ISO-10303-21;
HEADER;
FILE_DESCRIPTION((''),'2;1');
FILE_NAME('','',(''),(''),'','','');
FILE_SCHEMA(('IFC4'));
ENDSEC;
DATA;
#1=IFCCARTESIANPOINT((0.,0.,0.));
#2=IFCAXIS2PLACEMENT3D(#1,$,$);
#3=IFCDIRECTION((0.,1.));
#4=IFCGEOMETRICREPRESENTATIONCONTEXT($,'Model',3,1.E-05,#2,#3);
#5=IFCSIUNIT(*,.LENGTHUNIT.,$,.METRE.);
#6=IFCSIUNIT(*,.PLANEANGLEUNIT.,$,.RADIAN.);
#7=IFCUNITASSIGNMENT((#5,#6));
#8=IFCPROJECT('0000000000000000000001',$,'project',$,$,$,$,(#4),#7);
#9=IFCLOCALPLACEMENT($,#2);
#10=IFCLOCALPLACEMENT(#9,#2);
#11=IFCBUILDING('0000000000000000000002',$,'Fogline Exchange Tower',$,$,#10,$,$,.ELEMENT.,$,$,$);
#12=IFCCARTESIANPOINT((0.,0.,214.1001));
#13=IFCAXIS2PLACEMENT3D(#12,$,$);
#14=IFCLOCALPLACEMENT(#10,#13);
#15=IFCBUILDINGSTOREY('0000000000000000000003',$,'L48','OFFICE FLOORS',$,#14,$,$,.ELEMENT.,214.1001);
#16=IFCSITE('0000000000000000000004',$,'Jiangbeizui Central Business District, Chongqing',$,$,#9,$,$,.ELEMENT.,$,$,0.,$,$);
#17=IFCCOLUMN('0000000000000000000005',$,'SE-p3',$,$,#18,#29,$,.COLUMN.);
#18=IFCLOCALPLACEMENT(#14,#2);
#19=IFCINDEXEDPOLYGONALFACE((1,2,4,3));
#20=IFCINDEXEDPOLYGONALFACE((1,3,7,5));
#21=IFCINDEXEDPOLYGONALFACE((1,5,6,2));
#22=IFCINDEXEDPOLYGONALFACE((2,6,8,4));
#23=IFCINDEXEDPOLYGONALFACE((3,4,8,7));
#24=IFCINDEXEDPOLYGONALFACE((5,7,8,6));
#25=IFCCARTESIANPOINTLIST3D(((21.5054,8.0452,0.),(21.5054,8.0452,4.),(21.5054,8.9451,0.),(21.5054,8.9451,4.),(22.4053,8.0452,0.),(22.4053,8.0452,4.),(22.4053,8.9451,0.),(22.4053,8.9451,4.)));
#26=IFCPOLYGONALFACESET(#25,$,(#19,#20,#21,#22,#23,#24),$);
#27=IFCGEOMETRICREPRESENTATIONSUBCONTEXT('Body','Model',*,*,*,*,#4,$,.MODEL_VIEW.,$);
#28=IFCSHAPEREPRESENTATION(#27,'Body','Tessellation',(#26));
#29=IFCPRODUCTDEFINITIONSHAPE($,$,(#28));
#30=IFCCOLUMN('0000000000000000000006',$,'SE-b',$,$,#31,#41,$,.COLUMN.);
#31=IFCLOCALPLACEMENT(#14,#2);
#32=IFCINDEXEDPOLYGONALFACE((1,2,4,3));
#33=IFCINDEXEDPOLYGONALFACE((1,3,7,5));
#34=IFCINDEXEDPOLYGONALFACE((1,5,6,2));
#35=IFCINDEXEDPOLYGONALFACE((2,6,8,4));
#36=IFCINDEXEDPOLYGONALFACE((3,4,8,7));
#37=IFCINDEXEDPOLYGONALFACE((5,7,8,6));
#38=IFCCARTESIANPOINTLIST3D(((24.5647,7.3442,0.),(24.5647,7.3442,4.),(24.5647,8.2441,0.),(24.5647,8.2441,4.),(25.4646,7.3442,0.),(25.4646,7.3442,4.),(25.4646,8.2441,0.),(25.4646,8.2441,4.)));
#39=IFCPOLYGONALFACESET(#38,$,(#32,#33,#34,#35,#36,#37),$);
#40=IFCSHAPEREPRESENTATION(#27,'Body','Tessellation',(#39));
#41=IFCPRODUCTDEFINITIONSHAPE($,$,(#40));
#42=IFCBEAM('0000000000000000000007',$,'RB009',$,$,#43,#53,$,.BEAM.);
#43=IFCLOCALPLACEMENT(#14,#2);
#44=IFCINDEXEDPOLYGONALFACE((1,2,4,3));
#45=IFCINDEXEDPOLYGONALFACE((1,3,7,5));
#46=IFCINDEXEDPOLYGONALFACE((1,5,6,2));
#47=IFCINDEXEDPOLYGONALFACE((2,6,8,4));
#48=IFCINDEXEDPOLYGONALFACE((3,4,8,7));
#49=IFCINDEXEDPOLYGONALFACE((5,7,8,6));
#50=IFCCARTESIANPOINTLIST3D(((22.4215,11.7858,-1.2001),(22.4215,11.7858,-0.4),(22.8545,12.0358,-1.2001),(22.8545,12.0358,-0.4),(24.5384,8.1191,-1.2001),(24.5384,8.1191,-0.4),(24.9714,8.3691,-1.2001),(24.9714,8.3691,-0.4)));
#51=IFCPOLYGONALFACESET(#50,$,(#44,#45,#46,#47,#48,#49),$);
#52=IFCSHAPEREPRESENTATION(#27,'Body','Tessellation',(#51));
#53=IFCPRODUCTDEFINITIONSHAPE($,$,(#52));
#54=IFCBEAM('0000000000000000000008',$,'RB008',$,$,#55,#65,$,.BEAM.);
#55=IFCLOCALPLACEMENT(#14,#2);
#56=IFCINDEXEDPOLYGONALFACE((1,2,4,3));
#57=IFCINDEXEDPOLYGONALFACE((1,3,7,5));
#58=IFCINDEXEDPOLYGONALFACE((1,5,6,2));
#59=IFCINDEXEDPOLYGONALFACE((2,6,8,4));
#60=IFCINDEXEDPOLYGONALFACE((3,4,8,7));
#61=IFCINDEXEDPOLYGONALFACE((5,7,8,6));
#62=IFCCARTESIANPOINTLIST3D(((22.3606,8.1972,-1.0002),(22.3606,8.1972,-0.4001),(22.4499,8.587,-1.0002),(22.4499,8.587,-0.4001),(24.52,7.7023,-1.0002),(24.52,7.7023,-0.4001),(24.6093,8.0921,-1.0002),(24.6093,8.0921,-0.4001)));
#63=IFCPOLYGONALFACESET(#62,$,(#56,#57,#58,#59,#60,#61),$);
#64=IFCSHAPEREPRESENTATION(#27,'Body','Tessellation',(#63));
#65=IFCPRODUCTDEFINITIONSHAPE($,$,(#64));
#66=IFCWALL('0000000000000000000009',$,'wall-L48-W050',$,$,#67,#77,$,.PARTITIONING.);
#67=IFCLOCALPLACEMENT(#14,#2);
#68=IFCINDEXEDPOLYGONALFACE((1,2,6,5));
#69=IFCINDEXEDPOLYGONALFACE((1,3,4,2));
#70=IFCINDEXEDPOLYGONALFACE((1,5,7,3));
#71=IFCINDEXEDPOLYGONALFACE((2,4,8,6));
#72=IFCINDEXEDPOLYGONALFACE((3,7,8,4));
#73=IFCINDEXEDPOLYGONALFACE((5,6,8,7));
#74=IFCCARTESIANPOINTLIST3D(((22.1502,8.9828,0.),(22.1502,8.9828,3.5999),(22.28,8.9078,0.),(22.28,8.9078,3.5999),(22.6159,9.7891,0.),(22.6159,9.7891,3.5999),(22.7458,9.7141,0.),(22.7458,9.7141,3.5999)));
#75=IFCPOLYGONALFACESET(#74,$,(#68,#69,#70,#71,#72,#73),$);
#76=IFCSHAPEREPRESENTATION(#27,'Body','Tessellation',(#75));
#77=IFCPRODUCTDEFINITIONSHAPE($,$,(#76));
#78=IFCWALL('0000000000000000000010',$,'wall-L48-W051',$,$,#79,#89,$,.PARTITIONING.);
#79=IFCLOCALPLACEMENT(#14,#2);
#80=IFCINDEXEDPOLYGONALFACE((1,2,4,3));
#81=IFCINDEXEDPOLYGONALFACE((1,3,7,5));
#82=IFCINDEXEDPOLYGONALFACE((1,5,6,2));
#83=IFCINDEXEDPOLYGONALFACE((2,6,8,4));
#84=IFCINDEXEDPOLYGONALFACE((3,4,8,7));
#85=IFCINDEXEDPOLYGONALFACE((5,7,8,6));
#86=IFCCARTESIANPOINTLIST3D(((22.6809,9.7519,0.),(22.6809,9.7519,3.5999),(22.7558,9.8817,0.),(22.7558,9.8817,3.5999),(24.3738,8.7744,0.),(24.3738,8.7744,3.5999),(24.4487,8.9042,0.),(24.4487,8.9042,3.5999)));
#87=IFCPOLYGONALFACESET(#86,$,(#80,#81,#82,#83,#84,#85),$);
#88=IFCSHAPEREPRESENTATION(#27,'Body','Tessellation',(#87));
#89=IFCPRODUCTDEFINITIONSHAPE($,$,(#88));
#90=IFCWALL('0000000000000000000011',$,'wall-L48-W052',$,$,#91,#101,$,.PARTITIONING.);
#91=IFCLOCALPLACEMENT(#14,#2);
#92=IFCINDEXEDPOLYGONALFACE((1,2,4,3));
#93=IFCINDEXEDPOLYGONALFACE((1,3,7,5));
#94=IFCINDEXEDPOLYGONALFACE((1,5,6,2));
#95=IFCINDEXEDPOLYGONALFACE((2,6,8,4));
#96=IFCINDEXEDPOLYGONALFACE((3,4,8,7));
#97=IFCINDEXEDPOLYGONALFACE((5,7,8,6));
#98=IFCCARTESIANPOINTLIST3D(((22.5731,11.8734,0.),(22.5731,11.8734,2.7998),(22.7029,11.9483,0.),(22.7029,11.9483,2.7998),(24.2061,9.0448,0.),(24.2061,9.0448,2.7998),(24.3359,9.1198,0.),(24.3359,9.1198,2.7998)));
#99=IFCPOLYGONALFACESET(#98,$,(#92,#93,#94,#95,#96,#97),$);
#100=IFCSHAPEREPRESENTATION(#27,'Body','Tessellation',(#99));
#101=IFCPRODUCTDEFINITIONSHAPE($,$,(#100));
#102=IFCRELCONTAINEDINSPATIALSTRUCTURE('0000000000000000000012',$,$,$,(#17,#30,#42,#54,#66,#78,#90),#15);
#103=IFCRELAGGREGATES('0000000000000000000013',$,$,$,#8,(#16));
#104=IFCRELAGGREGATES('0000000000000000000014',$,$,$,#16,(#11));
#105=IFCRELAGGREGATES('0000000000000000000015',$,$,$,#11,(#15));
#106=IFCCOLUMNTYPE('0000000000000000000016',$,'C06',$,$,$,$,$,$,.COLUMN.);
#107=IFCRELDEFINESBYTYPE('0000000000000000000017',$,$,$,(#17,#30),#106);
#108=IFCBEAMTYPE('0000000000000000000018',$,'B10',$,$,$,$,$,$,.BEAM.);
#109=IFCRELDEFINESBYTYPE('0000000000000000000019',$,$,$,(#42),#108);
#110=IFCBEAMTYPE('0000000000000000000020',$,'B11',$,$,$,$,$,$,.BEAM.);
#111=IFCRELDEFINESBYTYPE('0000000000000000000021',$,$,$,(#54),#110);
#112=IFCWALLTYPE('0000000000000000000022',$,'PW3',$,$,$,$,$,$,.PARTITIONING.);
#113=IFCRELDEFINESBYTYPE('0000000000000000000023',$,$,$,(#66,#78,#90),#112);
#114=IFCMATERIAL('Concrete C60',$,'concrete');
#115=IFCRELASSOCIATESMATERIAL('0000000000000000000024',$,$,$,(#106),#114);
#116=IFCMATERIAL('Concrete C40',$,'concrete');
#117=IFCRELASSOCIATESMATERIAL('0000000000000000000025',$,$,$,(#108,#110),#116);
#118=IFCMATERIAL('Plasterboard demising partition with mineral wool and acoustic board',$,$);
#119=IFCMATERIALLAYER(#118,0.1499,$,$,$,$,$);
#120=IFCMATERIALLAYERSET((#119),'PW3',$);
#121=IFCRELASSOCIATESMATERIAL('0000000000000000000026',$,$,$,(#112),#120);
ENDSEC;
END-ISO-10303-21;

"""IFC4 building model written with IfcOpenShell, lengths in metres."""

from ifc_helpers import new_model, si_unit, direction, frame, frame_2d, origin, origin_2d, place, context, subcontext, project, spatial, rectangle, extrude, material, layer, layer_set, material_profile, profile_set, type_object, element, save


model = new_model("IFC4")

# Units and contexts
model_context = context("Model", 3, precision=1e-05, world=origin(), true_north=direction((0.0, 1.0)))
body_context = subcontext(model_context, "Body", "Model", "MODEL_VIEW")
ifc_project = project(units=[si_unit("LENGTHUNIT", "METRE"), si_unit("PLANEANGLEUNIT", "RADIAN")], contexts=[model_context])

# Site, building, storey
site_placement = place(None, origin())
site = spatial("IfcSite", under=ifc_project, at=site_placement, Name="Jiangbeizui Central Business District, Chongqing", CompositionType="ELEMENT", RefElevation=0.0)
building_placement = place(site_placement, origin())
building = spatial("IfcBuilding", under=site, at=building_placement, Name="Fogline Exchange Tower", CompositionType="ELEMENT")
storey_placement = place(building_placement, frame((0.0, 0.0, 214.1001)))
storey = spatial("IfcBuildingStorey", under=building, at=storey_placement, Name="L48", Description="OFFICE FLOORS", CompositionType="ELEMENT", Elevation=214.1001)

# Columns
ifc_material_1 = material(Name="Concrete C60", Category="concrete")
ifc_material_profile_1 = material_profile(ifc_material_1, rectangle(XDim=0.8999, YDim=0.8999, at=origin_2d()), Name="RC 900x900")
ifc_profile_set_1 = profile_set([ifc_material_profile_1], Name="Concrete C60")
column_type = type_object("IfcColumnType", Name="C06", PredefinedType="COLUMN", material=ifc_profile_set_1)
for number, where, z_axis, x_axis, name in (
    (1, (21.9553, 8.4951, 0.0), (0.0, 0.0, 1.0), (1.0, 0.0, 0.0), "SE-p3"),
    (2, (25.0146, 7.7942, 0.0), (0.0, 0.0, 1.0), (1.0, 0.0, 0.0), "SE-b"),
):
    element("IfcColumn", number, at=place(storey_placement, frame(where, z_axis=z_axis, x_axis=x_axis)), inside=storey, type_object=column_type, Name=name, PredefinedType="COLUMN", context=body_context, shape_type="SweptSolid", body=[
        extrude(rectangle(XDim=0.8999, YDim=0.8999, at=origin_2d()), origin(), (0.0, 0.0, 1.0), 4.0),
    ])

# Beams
ifc_material_2 = material(Name="Concrete C40", Category="concrete")
ifc_material_profile_2 = material_profile(ifc_material_2, rectangle(XDim=0.5, YDim=0.8, at=origin_2d()), Name="RC 500x800")
ifc_profile_set_2 = profile_set([ifc_material_profile_2], Name="Concrete C40")
beam_type_1 = type_object("IfcBeamType", Name="B10", PredefinedType="BEAM", material=ifc_profile_set_2)
beam_1_placement = place(storey_placement, frame((24.7549, 8.2441, -0.8), z_axis=(-0.49999, 0.866031, 0.0), x_axis=(-0.866031, -0.49999, 0.0)))
element("IfcBeam", 3, at=beam_1_placement, inside=storey, type_object=beam_type_1, Name="RB009", PredefinedType="BEAM", context=body_context, shape_type="SweptSolid", body=[
    extrude(rectangle(XDim=0.5, YDim=0.8, at=origin_2d()), origin(), (0.0, 0.0, 1.0), 4.2339),
])
ifc_material_profile_3 = material_profile(ifc_material_2, rectangle(XDim=0.3999, YDim=0.6001, at=origin_2d()), Name="RC 400x600")
ifc_profile_set_3 = profile_set([ifc_material_profile_3], Name="Concrete C40")
beam_type_2 = type_object("IfcBeamType", Name="B11", PredefinedType="BEAM", material=ifc_profile_set_3)
beam_2_placement = place(storey_placement, frame((22.4053, 8.3921, -0.7002), z_axis=(0.974732, -0.223378, 0.0), x_axis=(0.223378, 0.974732, 0.0)))
element("IfcBeam", 4, at=beam_2_placement, inside=storey, type_object=beam_type_2, Name="RB008", PredefinedType="BEAM", context=body_context, shape_type="SweptSolid", body=[
    extrude(rectangle(XDim=0.3999, YDim=0.6001, at=origin_2d()), origin(), (0.0, 0.0, 1.0), 2.2153),
])

# Walls
ifc_material_3 = material(Name="Plasterboard demising partition with mineral wool and acoustic board")
ifc_layer_1 = layer(ifc_material_3, 0.1499)
ifc_layer_set_1 = layer_set([ifc_layer_1], Name="PW3")
wall_type_1 = type_object("IfcWallType", Name="PW3", PredefinedType="PARTITIONING", material=ifc_layer_set_1)
wall_1_placement = place(storey_placement, frame((22.2151, 8.9453, 0.0), z_axis=(0.0, 0.0, 1.0), x_axis=(0.500199, 0.86591, 0.0)))
element("IfcWall", 5, at=wall_1_placement, inside=storey, type_object=wall_type_1, Name="wall-L48-W050", PredefinedType="PARTITIONING", context=body_context, shape_type="SweptSolid", body=[
    extrude(rectangle(XDim=0.9312, YDim=0.1499, at=frame_2d((0.4656, 0.0))), origin(), (0.0, 0.0, 1.0), 3.5999),
])
wall_2_placement = place(storey_placement, frame((22.7183, 9.8169, 0.0), z_axis=(0.0, 0.0, 1.0), x_axis=(0.86599, -0.500061, 0.0)))
element("IfcWall", 6, at=wall_2_placement, inside=storey, type_object=wall_type_1, Name="wall-L48-W051", PredefinedType="PARTITIONING", context=body_context, shape_type="SweptSolid", body=[
    extrude(rectangle(XDim=1.9548, YDim=0.1499, at=frame_2d((0.9775, 0.0))), origin(), (0.0, 0.0, 1.0), 3.5999),
])
wall_3_placement = place(storey_placement, frame((24.271, 9.0823, 0.0), z_axis=(0.0, 0.0, 1.0), x_axis=(-0.49999, 0.866031, 0.0)))
element("IfcWall", 7, at=wall_3_placement, inside=storey, type_object=wall_type_1, Name="wall-L48-W052", PredefinedType="PARTITIONING", context=body_context, shape_type="SweptSolid", body=[
    extrude(rectangle(XDim=3.2661, YDim=0.1499, at=frame_2d((1.6331, 0.0))), origin(), (0.0, 0.0, 1.0), 2.7998),
])

save(model, "model.ifc")
